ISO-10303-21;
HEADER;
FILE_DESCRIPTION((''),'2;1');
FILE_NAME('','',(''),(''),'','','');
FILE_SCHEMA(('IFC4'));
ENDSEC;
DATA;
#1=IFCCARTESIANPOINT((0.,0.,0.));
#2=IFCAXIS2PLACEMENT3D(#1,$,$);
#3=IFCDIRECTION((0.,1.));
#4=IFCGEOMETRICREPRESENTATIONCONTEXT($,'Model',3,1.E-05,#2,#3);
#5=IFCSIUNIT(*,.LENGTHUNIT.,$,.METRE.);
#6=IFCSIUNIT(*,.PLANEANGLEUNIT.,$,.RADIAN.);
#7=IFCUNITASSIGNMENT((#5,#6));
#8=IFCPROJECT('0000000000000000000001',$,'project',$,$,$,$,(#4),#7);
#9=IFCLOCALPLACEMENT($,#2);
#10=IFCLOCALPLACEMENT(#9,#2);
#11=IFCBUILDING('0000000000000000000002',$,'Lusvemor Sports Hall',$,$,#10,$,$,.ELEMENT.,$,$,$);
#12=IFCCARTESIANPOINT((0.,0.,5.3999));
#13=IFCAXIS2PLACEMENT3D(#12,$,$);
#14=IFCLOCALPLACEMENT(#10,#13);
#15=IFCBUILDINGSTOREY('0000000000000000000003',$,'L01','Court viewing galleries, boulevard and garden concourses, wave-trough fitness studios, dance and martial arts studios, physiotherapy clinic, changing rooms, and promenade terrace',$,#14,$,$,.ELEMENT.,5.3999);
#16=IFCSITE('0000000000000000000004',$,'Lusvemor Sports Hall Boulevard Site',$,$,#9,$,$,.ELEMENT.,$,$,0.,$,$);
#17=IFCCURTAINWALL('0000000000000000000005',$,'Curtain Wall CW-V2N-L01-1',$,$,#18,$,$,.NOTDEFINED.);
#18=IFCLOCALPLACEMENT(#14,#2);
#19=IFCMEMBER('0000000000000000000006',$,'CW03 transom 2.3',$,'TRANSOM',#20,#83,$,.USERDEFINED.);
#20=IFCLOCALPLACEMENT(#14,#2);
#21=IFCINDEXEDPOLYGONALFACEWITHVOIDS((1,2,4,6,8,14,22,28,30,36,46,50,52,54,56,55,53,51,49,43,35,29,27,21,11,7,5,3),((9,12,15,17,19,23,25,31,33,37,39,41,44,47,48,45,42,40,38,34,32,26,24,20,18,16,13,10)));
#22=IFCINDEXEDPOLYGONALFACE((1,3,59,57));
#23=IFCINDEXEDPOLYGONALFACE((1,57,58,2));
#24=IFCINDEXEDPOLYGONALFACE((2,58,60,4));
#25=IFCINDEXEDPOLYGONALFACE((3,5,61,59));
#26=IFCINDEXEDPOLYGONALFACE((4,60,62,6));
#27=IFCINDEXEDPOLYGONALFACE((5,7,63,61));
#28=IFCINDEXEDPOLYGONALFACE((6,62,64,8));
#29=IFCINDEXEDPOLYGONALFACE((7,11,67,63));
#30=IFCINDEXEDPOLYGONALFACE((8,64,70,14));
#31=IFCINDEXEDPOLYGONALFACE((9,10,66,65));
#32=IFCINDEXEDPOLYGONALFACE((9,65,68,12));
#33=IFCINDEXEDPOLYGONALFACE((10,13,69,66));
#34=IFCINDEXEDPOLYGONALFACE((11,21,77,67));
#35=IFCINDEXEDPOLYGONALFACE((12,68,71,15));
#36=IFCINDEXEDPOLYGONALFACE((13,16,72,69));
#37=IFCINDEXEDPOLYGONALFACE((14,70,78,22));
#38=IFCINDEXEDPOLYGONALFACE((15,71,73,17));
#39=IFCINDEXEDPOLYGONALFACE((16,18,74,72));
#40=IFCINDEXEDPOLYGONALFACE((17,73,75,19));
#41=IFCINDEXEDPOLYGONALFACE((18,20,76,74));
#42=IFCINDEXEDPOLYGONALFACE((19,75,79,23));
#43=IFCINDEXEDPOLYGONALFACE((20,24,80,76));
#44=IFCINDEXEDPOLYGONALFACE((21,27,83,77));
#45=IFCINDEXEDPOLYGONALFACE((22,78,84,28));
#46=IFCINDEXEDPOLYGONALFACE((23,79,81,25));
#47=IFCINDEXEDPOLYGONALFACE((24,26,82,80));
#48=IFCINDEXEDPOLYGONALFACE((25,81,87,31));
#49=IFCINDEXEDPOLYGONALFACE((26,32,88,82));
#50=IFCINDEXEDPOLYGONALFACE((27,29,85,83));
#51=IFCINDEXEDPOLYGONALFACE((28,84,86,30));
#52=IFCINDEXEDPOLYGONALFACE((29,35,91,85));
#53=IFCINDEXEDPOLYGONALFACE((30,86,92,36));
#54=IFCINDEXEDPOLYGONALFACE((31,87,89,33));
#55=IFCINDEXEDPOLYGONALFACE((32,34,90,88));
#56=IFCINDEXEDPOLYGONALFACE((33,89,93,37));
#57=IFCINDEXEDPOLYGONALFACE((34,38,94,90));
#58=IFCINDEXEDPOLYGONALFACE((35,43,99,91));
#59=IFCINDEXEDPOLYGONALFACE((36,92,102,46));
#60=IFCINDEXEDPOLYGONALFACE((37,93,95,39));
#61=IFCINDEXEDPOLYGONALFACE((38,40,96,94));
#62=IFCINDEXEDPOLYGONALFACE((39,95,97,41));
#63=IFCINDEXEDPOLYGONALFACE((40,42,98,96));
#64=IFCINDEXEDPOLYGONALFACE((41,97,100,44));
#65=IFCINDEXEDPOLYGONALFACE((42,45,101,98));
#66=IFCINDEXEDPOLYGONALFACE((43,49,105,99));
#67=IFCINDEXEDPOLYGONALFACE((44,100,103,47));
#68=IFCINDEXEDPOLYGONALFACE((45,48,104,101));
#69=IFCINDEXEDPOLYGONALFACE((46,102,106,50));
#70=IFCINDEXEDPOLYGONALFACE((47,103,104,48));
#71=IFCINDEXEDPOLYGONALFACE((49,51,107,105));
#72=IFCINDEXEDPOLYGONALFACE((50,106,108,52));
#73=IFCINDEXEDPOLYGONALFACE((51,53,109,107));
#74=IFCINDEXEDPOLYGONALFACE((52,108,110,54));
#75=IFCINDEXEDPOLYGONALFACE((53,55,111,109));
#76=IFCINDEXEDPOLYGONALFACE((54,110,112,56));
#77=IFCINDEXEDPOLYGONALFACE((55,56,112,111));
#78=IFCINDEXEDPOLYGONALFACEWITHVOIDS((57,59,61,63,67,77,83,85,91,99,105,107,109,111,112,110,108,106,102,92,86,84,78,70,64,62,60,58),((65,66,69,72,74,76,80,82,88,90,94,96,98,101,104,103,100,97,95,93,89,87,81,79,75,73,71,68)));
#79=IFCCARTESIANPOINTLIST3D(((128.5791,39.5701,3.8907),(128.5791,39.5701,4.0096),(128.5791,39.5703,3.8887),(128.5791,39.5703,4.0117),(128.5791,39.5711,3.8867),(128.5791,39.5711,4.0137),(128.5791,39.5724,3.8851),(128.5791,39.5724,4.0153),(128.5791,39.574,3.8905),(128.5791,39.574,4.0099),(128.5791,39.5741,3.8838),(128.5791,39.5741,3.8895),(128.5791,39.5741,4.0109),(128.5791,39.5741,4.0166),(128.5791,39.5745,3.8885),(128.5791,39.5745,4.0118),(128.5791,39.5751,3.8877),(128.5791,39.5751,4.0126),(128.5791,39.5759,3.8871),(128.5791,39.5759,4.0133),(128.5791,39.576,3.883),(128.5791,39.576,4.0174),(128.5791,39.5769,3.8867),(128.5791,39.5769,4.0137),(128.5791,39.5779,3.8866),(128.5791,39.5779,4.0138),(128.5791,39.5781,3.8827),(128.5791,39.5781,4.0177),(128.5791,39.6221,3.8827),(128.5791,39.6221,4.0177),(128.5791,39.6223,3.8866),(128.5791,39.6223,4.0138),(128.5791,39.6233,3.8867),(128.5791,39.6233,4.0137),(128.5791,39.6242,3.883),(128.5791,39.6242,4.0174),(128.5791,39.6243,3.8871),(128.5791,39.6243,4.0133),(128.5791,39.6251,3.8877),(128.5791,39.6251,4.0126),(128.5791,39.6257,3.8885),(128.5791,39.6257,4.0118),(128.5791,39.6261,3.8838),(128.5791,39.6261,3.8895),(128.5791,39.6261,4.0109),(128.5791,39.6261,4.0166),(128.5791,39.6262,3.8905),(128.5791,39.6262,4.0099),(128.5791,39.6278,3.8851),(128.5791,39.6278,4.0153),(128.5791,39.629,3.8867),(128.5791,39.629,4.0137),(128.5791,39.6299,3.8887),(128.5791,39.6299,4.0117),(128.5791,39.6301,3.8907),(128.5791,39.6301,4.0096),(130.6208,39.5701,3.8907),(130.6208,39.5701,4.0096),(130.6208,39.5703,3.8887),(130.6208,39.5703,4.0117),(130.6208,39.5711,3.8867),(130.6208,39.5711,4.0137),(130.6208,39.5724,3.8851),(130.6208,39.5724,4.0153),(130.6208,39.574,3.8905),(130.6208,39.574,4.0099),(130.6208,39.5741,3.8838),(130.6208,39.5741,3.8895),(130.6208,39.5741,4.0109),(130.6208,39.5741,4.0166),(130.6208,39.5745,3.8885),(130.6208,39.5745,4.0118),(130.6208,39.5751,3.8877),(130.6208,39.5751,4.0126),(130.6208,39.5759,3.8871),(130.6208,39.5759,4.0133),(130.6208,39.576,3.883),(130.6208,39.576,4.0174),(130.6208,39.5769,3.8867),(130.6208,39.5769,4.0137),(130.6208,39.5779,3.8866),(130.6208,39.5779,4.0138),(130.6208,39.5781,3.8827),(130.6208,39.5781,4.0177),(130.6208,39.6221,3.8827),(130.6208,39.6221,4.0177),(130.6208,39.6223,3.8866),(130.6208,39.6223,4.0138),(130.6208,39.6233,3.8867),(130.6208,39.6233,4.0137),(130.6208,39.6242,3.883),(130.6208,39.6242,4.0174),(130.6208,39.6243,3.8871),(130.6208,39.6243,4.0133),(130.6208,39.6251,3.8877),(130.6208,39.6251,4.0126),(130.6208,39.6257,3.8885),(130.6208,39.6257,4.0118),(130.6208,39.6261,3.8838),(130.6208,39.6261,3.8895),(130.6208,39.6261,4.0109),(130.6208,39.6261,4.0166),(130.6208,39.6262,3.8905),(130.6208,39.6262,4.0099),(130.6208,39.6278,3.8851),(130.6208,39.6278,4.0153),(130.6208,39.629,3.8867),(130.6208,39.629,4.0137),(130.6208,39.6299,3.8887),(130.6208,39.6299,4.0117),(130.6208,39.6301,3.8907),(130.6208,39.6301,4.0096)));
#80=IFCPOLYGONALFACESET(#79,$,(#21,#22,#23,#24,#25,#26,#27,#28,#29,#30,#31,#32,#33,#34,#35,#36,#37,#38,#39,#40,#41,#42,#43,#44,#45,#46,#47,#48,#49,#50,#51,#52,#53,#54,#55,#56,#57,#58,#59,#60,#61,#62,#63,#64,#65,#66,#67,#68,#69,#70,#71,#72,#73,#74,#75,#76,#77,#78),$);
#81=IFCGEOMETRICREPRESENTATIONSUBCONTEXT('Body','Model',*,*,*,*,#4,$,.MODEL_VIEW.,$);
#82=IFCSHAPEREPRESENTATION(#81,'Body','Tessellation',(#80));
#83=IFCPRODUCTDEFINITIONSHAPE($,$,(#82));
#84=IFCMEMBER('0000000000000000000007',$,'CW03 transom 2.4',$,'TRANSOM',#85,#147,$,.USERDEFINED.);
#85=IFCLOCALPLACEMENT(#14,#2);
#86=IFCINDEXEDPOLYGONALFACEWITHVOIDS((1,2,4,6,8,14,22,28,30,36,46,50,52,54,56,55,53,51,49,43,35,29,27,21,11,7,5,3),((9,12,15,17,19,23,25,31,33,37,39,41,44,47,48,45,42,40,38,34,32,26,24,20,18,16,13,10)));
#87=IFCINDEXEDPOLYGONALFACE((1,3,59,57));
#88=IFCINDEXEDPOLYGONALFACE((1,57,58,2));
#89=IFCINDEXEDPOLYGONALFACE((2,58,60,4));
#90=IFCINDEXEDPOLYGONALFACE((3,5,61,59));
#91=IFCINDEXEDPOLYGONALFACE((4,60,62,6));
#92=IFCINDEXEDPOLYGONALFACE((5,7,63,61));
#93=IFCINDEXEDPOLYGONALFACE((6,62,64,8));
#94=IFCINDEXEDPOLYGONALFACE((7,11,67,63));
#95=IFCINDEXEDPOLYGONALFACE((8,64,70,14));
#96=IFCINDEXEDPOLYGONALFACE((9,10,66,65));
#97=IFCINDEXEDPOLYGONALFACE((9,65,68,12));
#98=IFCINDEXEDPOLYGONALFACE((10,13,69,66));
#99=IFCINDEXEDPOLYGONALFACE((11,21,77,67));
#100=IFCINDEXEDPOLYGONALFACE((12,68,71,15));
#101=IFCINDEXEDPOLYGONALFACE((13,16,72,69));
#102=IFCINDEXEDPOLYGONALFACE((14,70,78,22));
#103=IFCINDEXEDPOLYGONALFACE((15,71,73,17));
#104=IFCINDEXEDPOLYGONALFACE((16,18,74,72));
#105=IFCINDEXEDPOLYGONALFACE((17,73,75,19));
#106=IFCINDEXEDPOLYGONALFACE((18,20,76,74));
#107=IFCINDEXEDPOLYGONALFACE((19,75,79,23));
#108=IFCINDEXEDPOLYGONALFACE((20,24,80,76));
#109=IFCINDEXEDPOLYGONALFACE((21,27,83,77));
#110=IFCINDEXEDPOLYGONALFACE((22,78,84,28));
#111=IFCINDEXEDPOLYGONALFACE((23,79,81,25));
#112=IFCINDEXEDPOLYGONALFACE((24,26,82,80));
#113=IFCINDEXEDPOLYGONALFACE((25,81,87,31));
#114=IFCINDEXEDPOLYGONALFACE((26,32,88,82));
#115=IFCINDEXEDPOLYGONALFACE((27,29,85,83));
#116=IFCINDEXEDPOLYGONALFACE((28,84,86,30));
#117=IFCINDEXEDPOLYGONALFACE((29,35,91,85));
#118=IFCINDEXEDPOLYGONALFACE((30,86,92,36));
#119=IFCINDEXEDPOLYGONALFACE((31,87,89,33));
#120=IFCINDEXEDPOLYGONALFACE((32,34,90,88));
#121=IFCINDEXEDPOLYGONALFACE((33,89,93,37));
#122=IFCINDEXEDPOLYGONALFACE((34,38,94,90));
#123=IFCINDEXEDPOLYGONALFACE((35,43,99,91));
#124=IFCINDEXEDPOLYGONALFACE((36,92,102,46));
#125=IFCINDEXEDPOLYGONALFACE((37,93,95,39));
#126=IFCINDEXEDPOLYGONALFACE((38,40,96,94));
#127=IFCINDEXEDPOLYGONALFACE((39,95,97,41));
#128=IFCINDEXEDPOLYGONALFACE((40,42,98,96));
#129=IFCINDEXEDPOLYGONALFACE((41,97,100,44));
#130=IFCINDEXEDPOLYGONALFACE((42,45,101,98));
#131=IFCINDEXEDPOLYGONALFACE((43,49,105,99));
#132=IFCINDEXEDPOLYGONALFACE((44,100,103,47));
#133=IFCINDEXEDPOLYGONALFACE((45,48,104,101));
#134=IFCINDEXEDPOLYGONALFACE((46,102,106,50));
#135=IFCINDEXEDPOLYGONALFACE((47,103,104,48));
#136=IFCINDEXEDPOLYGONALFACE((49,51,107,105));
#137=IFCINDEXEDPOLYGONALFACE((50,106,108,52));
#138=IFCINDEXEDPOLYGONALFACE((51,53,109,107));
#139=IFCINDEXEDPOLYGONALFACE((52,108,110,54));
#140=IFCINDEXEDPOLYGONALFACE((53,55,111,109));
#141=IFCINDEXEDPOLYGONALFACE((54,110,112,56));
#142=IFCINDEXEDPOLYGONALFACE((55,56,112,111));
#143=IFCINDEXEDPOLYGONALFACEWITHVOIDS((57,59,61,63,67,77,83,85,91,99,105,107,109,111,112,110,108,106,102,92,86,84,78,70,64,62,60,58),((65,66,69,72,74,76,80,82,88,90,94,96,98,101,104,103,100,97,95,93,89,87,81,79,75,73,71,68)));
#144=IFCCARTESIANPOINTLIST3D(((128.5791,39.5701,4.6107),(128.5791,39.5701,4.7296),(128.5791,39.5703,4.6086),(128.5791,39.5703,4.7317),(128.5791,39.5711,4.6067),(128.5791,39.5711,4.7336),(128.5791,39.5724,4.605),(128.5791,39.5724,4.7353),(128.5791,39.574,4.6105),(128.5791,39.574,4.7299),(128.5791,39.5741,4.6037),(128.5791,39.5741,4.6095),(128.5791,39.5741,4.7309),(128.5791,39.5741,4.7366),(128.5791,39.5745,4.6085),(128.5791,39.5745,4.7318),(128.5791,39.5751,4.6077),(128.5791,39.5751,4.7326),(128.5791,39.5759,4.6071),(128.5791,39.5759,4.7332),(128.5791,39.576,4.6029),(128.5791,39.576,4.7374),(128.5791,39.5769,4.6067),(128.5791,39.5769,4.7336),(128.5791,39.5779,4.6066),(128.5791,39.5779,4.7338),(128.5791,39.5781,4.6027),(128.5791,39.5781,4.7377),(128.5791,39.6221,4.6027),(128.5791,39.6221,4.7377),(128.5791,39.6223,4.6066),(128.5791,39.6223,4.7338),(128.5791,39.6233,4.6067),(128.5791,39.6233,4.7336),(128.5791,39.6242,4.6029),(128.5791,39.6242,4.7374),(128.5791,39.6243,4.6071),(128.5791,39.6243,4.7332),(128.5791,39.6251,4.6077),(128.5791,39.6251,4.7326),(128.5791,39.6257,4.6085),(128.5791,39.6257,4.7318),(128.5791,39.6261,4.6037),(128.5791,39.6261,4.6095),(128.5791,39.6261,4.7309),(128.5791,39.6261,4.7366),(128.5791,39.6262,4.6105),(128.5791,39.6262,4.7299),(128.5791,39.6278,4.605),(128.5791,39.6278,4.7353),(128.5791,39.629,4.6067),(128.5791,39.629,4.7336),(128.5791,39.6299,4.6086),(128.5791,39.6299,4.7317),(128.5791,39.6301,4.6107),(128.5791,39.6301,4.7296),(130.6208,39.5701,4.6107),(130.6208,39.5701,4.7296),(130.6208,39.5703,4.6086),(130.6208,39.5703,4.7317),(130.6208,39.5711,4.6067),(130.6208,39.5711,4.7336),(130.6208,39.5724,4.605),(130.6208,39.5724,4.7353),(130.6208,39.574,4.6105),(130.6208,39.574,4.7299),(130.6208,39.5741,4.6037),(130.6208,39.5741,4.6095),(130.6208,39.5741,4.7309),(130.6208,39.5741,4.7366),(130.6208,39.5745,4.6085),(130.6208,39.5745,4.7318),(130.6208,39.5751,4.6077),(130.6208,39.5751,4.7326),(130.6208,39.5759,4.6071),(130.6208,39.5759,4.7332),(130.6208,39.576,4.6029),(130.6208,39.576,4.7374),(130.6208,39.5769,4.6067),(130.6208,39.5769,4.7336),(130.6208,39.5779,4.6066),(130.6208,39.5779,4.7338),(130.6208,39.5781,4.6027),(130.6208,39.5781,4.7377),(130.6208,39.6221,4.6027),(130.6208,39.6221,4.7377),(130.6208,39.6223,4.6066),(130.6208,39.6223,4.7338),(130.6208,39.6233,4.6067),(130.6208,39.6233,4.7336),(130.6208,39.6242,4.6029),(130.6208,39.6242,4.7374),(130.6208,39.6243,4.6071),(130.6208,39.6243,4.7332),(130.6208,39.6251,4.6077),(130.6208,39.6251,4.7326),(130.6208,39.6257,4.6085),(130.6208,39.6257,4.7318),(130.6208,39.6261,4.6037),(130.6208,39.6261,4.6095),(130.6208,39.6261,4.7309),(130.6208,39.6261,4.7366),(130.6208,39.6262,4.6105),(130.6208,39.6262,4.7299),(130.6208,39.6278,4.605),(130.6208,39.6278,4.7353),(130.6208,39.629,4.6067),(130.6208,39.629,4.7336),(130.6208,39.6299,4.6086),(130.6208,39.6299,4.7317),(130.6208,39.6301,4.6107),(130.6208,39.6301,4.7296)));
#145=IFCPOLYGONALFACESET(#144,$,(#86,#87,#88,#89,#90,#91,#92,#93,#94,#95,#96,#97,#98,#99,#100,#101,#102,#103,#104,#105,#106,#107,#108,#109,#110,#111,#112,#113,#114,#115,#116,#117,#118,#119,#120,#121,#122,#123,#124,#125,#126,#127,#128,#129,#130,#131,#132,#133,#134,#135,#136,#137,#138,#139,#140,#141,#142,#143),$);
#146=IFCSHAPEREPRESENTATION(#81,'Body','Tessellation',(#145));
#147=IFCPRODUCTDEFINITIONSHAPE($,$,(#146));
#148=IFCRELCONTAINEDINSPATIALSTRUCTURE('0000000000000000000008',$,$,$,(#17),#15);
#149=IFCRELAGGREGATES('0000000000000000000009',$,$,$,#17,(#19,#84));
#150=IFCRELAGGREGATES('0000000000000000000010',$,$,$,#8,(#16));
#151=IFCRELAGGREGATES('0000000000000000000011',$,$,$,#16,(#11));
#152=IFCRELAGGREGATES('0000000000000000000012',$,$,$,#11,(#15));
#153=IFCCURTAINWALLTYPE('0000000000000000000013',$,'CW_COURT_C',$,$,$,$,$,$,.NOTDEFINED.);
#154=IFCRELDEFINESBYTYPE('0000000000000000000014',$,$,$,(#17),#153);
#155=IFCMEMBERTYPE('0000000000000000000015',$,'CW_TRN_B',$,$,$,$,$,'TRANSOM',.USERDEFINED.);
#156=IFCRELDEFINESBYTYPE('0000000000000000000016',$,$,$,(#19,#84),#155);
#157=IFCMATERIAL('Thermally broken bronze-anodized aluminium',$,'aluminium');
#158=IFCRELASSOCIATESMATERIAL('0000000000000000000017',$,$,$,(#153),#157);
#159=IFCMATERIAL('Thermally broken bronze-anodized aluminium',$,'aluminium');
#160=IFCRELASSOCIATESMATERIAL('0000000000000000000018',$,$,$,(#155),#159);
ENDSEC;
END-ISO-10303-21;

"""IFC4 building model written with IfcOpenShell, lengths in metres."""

from ifc_helpers import new_model, si_unit, direction, frame, origin, origin_2d, place, context, subcontext, project, spatial, hollow_rectangle, extrude, material, material_profile, profile_set, type_object, element, aggregate, save


model = new_model("IFC4")

# Units and contexts
model_context = context("Model", 3, precision=1e-05, world=origin(), true_north=direction((0.0, 1.0)))
body_context = subcontext(model_context, "Body", "Model", "MODEL_VIEW")
ifc_project = project(units=[si_unit("LENGTHUNIT", "METRE"), si_unit("PLANEANGLEUNIT", "RADIAN")], contexts=[model_context])

# Site, building, storey
site_placement = place(None, origin())
site = spatial("IfcSite", under=ifc_project, at=site_placement, Name="Lusvemor Sports Hall Boulevard Site", CompositionType="ELEMENT", RefElevation=0.0)
building_placement = place(site_placement, origin())
building = spatial("IfcBuilding", under=site, at=building_placement, Name="Lusvemor Sports Hall", CompositionType="ELEMENT")
storey_placement = place(building_placement, frame((0.0, 0.0, 5.3999)))
storey = spatial("IfcBuildingStorey", under=building, at=storey_placement, Name="L01", Description="Court viewing galleries, boulevard and garden concourses, wave-trough fitness studios, dance and martial arts studios, physiotherapy clinic, changing rooms, and promenade terrace", CompositionType="ELEMENT", Elevation=5.3999)

# Curtain wall
ifc_material_1 = material(Name="Thermally broken bronze-anodized aluminium", Category="aluminium")
curtain_wall_type_1 = type_object("IfcCurtainWallType", Name="CW_COURT_C", PredefinedType="NOTDEFINED", material=ifc_material_1)
curtain_wall_1_placement = place(storey_placement, origin())
curtain_wall_1 = element("IfcCurtainWall", 1, at=curtain_wall_1_placement, inside=storey, type_object=curtain_wall_type_1, Name="Curtain Wall CW-V2N-L01-1", PredefinedType="NOTDEFINED")

# Members
ifc_material_2 = material(Name="Thermally broken bronze-anodized aluminium", Category="aluminium")
ifc_material_profile_1 = material_profile(ifc_material_2, hollow_rectangle(XDim=0.0601, YDim=0.135, WallThickness=0.0039, InnerFilletRadius=0.0039, OuterFilletRadius=0.0081, at=origin_2d()), Name="CWTRN135x60x4")
ifc_profile_set_1 = profile_set([ifc_material_profile_1], Name="Thermally broken bronze-anodized aluminium")
member_type_1 = type_object("IfcMemberType", Name="CW_TRN_B", ElementType="TRANSOM", PredefinedType="USERDEFINED", material=ifc_profile_set_1)
member_1_placement = place(storey_placement, frame((128.5791, 39.6001, 3.9502), z_axis=(1.0, 0.0, 0.0), x_axis=(0.0, 1.0, 0.0)))
member_1 = element("IfcMember", 2, at=member_1_placement, type_object=member_type_1, Name="CW03 transom 2.3", ObjectType="TRANSOM", PredefinedType="USERDEFINED", context=body_context, shape_type="SweptSolid", body=[
    extrude(hollow_rectangle(XDim=0.0601, YDim=0.135, WallThickness=0.0039, InnerFilletRadius=0.0039, OuterFilletRadius=0.0081, at=origin_2d()), origin(), (0.0, 0.0, 1.0), 2.0417),
])
member_2_placement = place(storey_placement, frame((128.5791, 39.6001, 4.6702), z_axis=(1.0, 0.0, 0.0), x_axis=(0.0, 1.0, 0.0)))
member_2 = element("IfcMember", 3, at=member_2_placement, type_object=member_type_1, Name="CW03 transom 2.4", ObjectType="TRANSOM", PredefinedType="USERDEFINED", context=body_context, shape_type="SweptSolid", body=[
    extrude(hollow_rectangle(XDim=0.0601, YDim=0.135, WallThickness=0.0039, InnerFilletRadius=0.0039, OuterFilletRadius=0.0081, at=origin_2d()), origin(), (0.0, 0.0, 1.0), 2.0417),
])

aggregate(curtain_wall_1, [member_1, member_2])

save(model, "model.ifc")
